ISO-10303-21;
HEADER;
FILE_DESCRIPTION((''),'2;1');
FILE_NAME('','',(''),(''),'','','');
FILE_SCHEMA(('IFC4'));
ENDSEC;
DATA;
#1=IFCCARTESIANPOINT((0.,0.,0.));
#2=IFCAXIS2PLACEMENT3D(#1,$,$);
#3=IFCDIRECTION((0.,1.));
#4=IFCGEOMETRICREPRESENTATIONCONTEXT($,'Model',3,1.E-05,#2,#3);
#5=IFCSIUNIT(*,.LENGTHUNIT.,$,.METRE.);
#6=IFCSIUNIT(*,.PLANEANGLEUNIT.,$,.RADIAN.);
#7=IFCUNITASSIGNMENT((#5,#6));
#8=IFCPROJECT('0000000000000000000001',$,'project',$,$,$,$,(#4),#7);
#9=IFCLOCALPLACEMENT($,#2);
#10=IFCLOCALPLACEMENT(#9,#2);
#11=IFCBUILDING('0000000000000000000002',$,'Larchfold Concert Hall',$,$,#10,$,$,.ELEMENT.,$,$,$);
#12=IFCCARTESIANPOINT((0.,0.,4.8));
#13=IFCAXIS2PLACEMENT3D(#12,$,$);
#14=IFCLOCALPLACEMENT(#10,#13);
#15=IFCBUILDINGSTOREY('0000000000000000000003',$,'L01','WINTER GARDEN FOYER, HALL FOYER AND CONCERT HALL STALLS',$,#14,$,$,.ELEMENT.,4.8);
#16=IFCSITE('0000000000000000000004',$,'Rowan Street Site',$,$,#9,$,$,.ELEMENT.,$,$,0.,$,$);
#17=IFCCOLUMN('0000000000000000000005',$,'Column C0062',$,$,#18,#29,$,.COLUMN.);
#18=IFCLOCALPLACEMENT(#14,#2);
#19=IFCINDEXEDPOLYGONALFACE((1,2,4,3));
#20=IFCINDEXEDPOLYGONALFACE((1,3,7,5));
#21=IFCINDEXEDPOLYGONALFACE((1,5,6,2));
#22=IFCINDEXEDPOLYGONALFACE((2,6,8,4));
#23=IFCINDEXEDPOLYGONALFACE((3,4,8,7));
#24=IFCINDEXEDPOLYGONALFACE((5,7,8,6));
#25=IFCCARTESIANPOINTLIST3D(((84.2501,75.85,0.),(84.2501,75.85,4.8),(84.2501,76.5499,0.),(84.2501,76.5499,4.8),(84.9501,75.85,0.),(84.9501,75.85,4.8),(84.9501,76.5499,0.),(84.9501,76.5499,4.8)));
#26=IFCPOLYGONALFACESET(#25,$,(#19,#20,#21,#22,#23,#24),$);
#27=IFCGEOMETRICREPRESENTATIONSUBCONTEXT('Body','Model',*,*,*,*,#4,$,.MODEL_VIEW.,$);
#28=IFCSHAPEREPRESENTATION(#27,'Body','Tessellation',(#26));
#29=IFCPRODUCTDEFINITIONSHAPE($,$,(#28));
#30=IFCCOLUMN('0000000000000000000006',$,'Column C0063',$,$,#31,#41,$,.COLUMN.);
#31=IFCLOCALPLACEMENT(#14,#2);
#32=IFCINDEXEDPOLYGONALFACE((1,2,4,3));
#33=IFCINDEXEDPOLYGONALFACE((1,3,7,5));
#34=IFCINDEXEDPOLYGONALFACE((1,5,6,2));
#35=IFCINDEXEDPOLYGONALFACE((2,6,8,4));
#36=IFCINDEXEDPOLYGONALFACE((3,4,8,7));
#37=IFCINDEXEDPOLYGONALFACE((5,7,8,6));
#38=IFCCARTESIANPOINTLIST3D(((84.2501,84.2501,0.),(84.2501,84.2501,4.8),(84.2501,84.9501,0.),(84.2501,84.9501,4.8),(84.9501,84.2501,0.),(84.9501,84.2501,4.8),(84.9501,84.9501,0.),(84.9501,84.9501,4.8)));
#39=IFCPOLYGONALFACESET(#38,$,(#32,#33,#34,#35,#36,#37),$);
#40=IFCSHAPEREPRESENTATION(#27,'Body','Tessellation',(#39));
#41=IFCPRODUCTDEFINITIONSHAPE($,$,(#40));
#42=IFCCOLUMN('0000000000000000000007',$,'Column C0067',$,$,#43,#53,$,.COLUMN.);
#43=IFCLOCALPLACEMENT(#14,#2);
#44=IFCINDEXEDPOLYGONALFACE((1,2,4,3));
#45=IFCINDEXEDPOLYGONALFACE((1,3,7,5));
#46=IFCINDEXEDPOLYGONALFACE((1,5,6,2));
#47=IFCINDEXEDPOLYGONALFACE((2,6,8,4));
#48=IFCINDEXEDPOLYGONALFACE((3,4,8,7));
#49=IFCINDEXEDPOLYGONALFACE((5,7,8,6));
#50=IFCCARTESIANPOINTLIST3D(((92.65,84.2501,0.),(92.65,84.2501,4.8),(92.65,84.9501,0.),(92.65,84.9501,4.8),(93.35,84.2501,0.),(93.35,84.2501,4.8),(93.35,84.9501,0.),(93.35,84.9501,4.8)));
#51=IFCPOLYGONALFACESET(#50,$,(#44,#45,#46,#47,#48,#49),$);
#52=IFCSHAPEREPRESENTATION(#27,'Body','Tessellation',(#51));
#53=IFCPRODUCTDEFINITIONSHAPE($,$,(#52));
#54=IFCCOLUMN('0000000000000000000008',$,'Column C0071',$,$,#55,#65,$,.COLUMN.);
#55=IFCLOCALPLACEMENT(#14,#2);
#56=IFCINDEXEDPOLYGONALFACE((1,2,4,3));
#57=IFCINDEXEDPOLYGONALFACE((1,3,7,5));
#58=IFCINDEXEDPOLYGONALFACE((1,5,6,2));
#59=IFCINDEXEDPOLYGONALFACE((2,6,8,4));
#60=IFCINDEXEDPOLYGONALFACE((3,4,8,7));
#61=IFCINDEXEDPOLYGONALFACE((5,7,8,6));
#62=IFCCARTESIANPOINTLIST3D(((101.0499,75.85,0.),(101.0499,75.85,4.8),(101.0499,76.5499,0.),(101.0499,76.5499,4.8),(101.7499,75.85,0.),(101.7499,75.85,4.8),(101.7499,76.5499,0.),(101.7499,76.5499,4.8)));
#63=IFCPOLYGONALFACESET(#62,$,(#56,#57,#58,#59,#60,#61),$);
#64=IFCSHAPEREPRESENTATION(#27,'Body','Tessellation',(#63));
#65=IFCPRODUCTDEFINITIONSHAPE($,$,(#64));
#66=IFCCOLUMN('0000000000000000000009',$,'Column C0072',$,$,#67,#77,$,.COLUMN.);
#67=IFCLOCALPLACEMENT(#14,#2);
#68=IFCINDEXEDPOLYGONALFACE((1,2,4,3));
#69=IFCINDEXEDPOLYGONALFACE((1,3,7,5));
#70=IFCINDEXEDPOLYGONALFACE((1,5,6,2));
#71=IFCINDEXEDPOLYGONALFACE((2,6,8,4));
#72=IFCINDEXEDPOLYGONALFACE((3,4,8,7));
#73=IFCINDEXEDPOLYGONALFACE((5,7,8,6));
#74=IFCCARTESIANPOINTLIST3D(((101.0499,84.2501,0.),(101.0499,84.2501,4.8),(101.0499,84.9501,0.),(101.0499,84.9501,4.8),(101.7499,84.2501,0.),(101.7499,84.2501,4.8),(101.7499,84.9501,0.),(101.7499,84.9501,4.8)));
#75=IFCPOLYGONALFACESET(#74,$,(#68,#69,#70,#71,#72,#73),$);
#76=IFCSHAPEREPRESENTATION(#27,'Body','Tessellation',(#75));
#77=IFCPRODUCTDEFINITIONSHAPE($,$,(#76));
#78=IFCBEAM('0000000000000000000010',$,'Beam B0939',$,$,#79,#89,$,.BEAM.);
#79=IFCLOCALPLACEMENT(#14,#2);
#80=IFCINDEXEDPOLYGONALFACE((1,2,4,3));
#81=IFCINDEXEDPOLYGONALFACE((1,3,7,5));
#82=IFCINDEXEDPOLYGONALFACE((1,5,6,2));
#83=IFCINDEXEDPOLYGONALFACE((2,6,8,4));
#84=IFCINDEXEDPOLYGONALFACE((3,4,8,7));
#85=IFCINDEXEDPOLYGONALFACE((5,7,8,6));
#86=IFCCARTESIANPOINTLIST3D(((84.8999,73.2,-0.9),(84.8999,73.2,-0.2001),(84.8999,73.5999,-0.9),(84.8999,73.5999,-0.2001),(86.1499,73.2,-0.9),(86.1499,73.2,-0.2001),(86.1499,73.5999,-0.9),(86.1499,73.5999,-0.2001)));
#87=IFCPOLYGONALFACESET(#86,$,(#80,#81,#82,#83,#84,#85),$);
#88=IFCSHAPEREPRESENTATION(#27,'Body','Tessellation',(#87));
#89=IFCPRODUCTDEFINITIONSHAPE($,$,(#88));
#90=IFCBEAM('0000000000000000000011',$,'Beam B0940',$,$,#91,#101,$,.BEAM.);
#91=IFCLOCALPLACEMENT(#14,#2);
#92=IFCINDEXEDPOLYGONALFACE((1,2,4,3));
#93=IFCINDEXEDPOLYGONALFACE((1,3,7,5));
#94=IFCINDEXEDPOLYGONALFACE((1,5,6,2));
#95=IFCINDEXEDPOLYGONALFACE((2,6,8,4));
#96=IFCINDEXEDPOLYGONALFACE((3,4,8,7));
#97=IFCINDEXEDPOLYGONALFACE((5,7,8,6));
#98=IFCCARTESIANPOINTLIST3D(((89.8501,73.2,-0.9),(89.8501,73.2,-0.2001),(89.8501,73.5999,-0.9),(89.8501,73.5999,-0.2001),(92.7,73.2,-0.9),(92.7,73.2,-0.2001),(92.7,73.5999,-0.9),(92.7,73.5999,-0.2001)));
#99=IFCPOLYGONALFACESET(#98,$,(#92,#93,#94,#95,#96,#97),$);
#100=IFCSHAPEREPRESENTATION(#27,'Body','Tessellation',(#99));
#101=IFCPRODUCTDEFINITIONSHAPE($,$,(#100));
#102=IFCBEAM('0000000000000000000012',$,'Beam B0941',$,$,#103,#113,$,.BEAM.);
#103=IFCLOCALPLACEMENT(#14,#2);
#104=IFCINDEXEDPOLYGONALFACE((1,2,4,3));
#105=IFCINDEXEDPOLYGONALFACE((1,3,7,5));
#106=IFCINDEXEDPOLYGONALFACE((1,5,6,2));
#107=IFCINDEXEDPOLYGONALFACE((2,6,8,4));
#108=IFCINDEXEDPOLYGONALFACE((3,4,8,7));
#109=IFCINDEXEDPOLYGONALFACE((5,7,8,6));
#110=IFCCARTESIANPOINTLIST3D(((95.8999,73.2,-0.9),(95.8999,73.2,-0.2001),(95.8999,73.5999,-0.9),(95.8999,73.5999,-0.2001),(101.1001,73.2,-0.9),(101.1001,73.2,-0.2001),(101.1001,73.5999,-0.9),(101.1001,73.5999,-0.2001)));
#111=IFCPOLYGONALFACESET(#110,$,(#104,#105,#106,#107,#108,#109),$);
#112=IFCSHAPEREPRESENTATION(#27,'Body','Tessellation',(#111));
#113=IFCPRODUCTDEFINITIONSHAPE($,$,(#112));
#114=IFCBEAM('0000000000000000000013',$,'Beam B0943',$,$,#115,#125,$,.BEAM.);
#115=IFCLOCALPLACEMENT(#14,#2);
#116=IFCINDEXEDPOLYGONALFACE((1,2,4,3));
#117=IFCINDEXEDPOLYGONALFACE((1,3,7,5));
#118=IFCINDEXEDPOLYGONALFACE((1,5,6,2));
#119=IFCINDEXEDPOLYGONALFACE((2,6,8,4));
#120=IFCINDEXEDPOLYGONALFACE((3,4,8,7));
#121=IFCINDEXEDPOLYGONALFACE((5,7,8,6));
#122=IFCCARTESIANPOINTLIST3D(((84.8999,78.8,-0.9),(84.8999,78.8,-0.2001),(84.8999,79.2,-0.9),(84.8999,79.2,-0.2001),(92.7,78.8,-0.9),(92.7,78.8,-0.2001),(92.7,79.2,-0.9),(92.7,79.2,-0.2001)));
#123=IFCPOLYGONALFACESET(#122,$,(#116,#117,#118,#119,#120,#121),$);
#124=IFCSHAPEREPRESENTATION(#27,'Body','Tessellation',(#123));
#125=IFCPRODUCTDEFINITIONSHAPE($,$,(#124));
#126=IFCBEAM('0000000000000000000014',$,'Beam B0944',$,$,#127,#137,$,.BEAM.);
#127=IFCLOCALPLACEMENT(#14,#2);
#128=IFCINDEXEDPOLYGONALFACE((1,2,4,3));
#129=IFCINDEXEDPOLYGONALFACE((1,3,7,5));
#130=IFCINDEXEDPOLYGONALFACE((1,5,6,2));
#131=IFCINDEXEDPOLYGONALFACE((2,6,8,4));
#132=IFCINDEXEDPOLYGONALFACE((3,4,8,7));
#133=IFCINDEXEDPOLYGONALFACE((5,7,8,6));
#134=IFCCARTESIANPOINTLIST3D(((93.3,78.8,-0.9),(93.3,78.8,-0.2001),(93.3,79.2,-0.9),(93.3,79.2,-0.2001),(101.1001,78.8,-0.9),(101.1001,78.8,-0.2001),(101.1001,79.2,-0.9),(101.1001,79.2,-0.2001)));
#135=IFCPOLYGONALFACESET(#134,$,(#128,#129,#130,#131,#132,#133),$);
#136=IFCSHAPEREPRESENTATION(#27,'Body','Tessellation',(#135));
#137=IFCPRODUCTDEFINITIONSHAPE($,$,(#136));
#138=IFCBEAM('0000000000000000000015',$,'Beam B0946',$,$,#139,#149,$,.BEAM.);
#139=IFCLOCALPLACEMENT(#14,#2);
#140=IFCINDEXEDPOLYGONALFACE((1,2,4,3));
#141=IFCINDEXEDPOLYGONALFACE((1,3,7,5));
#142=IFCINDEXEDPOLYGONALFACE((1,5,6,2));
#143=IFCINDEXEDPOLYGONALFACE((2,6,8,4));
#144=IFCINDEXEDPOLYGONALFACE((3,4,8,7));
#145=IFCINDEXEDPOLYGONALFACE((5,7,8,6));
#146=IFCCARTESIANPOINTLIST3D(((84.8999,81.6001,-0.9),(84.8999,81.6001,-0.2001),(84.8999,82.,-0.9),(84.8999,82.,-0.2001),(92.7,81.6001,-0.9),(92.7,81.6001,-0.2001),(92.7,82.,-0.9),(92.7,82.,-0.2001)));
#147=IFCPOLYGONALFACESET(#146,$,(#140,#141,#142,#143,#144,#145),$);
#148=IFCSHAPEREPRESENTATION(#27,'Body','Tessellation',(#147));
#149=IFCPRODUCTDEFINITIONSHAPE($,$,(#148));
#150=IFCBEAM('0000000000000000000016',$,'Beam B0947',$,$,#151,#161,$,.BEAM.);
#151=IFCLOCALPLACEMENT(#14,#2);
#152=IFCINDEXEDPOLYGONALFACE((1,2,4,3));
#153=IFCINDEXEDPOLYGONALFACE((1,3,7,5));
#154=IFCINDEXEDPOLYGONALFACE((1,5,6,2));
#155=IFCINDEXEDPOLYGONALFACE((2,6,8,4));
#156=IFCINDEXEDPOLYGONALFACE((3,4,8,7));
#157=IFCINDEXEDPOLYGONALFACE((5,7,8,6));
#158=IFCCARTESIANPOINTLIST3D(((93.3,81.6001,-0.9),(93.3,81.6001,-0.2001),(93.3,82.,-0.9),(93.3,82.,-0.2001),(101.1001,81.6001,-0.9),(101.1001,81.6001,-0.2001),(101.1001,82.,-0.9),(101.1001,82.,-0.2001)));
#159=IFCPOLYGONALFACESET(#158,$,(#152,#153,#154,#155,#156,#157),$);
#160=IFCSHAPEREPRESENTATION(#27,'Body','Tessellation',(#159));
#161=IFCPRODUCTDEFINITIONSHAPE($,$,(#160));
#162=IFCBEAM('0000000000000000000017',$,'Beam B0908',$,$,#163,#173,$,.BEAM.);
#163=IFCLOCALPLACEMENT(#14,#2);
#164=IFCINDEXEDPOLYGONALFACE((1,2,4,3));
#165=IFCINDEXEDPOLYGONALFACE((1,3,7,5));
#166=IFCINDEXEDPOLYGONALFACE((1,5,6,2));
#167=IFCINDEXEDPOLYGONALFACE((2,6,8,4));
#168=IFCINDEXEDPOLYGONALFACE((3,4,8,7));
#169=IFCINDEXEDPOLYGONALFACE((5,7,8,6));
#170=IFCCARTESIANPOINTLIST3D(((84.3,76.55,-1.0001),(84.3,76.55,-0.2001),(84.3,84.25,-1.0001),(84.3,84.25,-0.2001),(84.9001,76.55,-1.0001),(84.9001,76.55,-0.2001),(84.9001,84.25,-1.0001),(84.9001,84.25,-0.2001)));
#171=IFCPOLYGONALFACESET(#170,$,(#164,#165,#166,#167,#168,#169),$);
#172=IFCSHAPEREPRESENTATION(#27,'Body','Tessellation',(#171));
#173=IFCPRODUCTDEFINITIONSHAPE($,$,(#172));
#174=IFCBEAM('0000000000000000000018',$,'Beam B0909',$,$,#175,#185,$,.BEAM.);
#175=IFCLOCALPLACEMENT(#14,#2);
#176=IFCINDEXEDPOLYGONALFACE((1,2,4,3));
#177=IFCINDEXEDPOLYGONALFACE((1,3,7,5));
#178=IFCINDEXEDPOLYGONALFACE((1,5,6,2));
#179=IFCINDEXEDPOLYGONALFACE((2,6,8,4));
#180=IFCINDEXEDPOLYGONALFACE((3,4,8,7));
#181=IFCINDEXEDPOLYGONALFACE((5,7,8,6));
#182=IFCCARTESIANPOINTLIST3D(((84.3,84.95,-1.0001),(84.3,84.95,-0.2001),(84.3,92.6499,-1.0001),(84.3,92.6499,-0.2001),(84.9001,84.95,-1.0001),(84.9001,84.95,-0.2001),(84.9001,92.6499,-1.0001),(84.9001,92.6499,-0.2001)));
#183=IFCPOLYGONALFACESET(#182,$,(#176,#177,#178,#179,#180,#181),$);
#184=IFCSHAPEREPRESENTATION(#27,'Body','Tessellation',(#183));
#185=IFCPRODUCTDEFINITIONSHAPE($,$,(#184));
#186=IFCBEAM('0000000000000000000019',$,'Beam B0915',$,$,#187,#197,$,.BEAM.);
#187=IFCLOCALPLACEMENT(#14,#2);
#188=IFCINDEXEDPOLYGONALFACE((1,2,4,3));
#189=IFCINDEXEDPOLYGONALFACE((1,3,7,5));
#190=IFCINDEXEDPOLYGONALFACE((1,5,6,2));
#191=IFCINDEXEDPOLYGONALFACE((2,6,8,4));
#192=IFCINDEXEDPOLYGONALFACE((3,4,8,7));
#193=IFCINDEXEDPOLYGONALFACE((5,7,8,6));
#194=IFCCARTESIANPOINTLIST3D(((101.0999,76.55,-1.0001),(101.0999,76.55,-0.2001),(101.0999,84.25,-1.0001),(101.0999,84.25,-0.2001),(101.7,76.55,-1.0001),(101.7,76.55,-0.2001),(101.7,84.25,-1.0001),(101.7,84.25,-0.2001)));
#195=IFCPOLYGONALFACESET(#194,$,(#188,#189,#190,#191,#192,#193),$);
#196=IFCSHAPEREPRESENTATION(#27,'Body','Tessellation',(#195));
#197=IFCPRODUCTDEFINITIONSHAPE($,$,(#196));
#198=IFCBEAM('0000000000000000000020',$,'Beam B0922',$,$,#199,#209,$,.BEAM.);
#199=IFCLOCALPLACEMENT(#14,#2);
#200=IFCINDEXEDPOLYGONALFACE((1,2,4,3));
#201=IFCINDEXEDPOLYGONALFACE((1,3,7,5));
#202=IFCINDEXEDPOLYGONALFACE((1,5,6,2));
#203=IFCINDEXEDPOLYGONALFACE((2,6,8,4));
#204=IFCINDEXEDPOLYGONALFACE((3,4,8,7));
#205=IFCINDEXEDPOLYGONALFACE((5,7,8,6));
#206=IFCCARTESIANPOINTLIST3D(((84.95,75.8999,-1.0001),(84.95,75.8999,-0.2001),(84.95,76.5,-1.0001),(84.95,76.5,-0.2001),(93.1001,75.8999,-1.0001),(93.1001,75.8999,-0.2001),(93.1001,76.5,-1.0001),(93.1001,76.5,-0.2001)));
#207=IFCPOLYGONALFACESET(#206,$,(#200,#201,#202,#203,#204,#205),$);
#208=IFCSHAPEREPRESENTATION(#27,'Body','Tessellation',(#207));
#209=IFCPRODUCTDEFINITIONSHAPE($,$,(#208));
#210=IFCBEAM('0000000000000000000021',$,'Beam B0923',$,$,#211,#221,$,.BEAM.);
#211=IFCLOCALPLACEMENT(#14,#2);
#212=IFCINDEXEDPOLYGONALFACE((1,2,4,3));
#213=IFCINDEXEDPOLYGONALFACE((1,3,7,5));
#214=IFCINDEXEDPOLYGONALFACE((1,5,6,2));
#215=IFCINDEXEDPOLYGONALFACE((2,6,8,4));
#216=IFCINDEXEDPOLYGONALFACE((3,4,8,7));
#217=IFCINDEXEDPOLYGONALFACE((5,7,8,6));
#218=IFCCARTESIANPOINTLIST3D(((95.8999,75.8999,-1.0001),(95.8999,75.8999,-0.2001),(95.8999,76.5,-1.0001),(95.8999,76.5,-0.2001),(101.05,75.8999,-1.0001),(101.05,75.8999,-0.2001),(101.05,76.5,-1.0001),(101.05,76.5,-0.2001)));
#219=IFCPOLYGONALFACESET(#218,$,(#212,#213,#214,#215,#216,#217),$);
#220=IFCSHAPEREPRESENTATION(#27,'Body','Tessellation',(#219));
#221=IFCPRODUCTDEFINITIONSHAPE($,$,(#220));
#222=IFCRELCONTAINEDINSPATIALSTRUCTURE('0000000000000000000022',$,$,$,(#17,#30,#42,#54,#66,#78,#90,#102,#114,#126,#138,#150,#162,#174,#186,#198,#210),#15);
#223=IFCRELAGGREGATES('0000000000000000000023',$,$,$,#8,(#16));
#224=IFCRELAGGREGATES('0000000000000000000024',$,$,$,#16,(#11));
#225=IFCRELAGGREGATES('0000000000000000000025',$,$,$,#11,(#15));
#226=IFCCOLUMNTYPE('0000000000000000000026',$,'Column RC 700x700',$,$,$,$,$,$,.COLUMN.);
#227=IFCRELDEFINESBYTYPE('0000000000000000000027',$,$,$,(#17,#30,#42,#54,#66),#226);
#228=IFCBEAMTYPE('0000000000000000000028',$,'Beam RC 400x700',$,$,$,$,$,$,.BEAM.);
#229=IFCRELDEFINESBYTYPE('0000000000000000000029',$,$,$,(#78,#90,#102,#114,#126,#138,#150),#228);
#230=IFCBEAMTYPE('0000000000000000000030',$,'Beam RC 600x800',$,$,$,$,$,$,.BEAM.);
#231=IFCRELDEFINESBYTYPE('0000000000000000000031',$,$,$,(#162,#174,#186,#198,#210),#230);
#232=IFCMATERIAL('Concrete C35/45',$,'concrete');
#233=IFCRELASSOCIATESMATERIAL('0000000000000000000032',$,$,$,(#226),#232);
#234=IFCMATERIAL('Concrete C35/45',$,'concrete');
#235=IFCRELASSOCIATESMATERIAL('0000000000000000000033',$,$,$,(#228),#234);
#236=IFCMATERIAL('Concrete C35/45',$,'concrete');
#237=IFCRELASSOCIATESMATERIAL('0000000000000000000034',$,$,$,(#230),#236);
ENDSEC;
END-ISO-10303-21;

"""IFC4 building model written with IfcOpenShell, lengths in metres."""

from ifc_helpers import new_model, si_unit, direction, frame, origin, origin_2d, place, context, subcontext, project, spatial, rectangle, extrude, material, material_profile, profile_set, type_object, element, save


model = new_model("IFC4")

# Units and contexts
model_context = context("Model", 3, precision=1e-05, world=origin(), true_north=direction((0.0, 1.0)))
body_context = subcontext(model_context, "Body", "Model", "MODEL_VIEW")
ifc_project = project(units=[si_unit("LENGTHUNIT", "METRE"), si_unit("PLANEANGLEUNIT", "RADIAN")], contexts=[model_context])

# Site, building, storey
site_placement = place(None, origin())
site = spatial("IfcSite", under=ifc_project, at=site_placement, Name="Rowan Street Site", CompositionType="ELEMENT", RefElevation=0.0)
building_placement = place(site_placement, origin())
building = spatial("IfcBuilding", under=site, at=building_placement, Name="Larchfold Concert Hall", CompositionType="ELEMENT")
storey_placement = place(building_placement, frame((0.0, 0.0, 4.8)))
storey = spatial("IfcBuildingStorey", under=building, at=storey_placement, Name="L01", Description="WINTER GARDEN FOYER, HALL FOYER AND CONCERT HALL STALLS", CompositionType="ELEMENT", Elevation=4.8)

# Columns
ifc_material_1 = material(Name="Concrete C35/45", Category="concrete")
ifc_material_profile_1 = material_profile(ifc_material_1, rectangle(XDim=0.7, YDim=0.7, at=origin_2d()))
ifc_profile_set_1 = profile_set([ifc_material_profile_1], Name="Concrete C35/45")
column_type = type_object("IfcColumnType", Name="Column RC 700x700", PredefinedType="COLUMN", material=ifc_profile_set_1)
for number, where, z_axis, x_axis, name in (
    (1, (84.6001, 76.2, 0.0), (0.0, 0.0, 1.0), (1.0, 0.0, 0.0), "Column C0062"),
    (2, (84.6001, 84.6001, 0.0), (0.0, 0.0, 1.0), (1.0, 0.0, 0.0), "Column C0063"),
    (3, (93.0, 84.6001, 0.0), (0.0, 0.0, 1.0), (1.0, 0.0, 0.0), "Column C0067"),
    (4, (101.3999, 76.2, 0.0), (0.0, 0.0, 1.0), (1.0, 0.0, 0.0), "Column C0071"),
    (5, (101.3999, 84.6001, 0.0), (0.0, 0.0, 1.0), (1.0, 0.0, 0.0), "Column C0072"),
):
    element("IfcColumn", number, at=place(storey_placement, frame(where, z_axis=z_axis, x_axis=x_axis)), inside=storey, type_object=column_type, Name=name, PredefinedType="COLUMN", context=body_context, shape_type="SweptSolid", body=[
        extrude(rectangle(XDim=0.7, YDim=0.7, at=origin_2d()), origin(), (0.0, 0.0, 1.0), 4.8),
    ])

# Beams
ifc_material_2 = material(Name="Concrete C35/45", Category="concrete")
ifc_material_profile_2 = material_profile(ifc_material_2, rectangle(XDim=0.3999, YDim=0.7, at=origin_2d()))
ifc_profile_set_2 = profile_set([ifc_material_profile_2], Name="Concrete C35/45")
beam_type_1 = type_object("IfcBeamType", Name="Beam RC 400x700", PredefinedType="BEAM", material=ifc_profile_set_2)
beam_1_placement = place(storey_placement, frame((84.8999, 73.3999, -0.55), z_axis=(1.0, 0.0, 0.0), x_axis=(0.0, 1.0, 0.0)))
element("IfcBeam", 6, at=beam_1_placement, inside=storey, type_object=beam_type_1, Name="Beam B0939", PredefinedType="BEAM", context=body_context, shape_type="SweptSolid", body=[
    extrude(rectangle(XDim=0.3999, YDim=0.7, at=origin_2d()), origin(), (0.0, 0.0, 1.0), 1.25),
])
beam_2_placement = place(storey_placement, frame((89.8501, 73.3999, -0.55), z_axis=(1.0, 0.0, 0.0), x_axis=(0.0, 1.0, 0.0)))
element("IfcBeam", 7, at=beam_2_placement, inside=storey, type_object=beam_type_1, Name="Beam B0940", PredefinedType="BEAM", context=body_context, shape_type="SweptSolid", body=[
    extrude(rectangle(XDim=0.3999, YDim=0.7, at=origin_2d()), origin(), (0.0, 0.0, 1.0), 2.8499),
])
beam_3_placement = place(storey_placement, frame((95.8999, 73.3999, -0.55), z_axis=(1.0, 0.0, 0.0), x_axis=(0.0, 1.0, 0.0)))
element("IfcBeam", 8, at=beam_3_placement, inside=storey, type_object=beam_type_1, Name="Beam B0941", PredefinedType="BEAM", context=body_context, shape_type="SweptSolid", body=[
    extrude(rectangle(XDim=0.3999, YDim=0.7, at=origin_2d()), origin(), (0.0, 0.0, 1.0), 5.2002),
])
for number, where, z_axis, x_axis, name in (
    (9, (84.8999, 79.0, -0.55), (1.0, 0.0, 0.0), (0.0, 1.0, 0.0), "Beam B0943"),
    (10, (93.3, 79.0, -0.55), (1.0, 0.0, 0.0), (0.0, 1.0, 0.0), "Beam B0944"),
    (11, (84.8999, 81.8, -0.55), (1.0, 0.0, 0.0), (0.0, 1.0, 0.0), "Beam B0946"),
    (12, (93.3, 81.8, -0.55), (1.0, 0.0, 0.0), (0.0, 1.0, 0.0), "Beam B0947"),
):
    element("IfcBeam", number, at=place(storey_placement, frame(where, z_axis=z_axis, x_axis=x_axis)), inside=storey, type_object=beam_type_1, Name=name, PredefinedType="BEAM", context=body_context, shape_type="SweptSolid", body=[
        extrude(rectangle(XDim=0.3999, YDim=0.7, at=origin_2d()), origin(), (0.0, 0.0, 1.0), 7.8),
    ])
ifc_material_3 = material(Name="Concrete C35/45", Category="concrete")
ifc_material_profile_3 = material_profile(ifc_material_3, rectangle(XDim=0.6001, YDim=0.8, at=origin_2d()))
ifc_profile_set_3 = profile_set([ifc_material_profile_3], Name="Concrete C35/45")
beam_type_2 = type_object("IfcBeamType", Name="Beam RC 600x800", PredefinedType="BEAM", material=ifc_profile_set_3)
for number, where, z_axis, x_axis, name in (
    (13, (84.6001, 76.55, -0.6001), (0.0, 1.0, 0.0), (-1.0, 0.0, 0.0), "Beam B0908"),
    (14, (84.6001, 84.95, -0.6001), (0.0, 1.0, 0.0), (-1.0, 0.0, 0.0), "Beam B0909"),
    (15, (101.3999, 76.55, -0.6001), (0.0, 1.0, 0.0), (-1.0, 0.0, 0.0), "Beam B0915"),
):
    element("IfcBeam", number, at=place(storey_placement, frame(where, z_axis=z_axis, x_axis=x_axis)), inside=storey, type_object=beam_type_2, Name=name, PredefinedType="BEAM", context=body_context, shape_type="SweptSolid", body=[
        extrude(rectangle(XDim=0.6001, YDim=0.8, at=origin_2d()), origin(), (0.0, 0.0, 1.0), 7.7),
    ])
beam_4_placement = place(storey_placement, frame((84.95, 76.2, -0.6001), z_axis=(1.0, 0.0, 0.0), x_axis=(0.0, 1.0, 0.0)))
element("IfcBeam", 16, at=beam_4_placement, inside=storey, type_object=beam_type_2, Name="Beam B0922", PredefinedType="BEAM", context=body_context, shape_type="SweptSolid", body=[
    extrude(rectangle(XDim=0.6001, YDim=0.8, at=origin_2d()), origin(), (0.0, 0.0, 1.0), 8.1501),
])
beam_5_placement = place(storey_placement, frame((95.8999, 76.2, -0.6001), z_axis=(1.0, 0.0, 0.0), x_axis=(0.0, 1.0, 0.0)))
element("IfcBeam", 17, at=beam_5_placement, inside=storey, type_object=beam_type_2, Name="Beam B0923", PredefinedType="BEAM", context=body_context, shape_type="SweptSolid", body=[
    extrude(rectangle(XDim=0.6001, YDim=0.8, at=origin_2d()), origin(), (0.0, 0.0, 1.0), 5.1501),
])

save(model, "model.ifc")
